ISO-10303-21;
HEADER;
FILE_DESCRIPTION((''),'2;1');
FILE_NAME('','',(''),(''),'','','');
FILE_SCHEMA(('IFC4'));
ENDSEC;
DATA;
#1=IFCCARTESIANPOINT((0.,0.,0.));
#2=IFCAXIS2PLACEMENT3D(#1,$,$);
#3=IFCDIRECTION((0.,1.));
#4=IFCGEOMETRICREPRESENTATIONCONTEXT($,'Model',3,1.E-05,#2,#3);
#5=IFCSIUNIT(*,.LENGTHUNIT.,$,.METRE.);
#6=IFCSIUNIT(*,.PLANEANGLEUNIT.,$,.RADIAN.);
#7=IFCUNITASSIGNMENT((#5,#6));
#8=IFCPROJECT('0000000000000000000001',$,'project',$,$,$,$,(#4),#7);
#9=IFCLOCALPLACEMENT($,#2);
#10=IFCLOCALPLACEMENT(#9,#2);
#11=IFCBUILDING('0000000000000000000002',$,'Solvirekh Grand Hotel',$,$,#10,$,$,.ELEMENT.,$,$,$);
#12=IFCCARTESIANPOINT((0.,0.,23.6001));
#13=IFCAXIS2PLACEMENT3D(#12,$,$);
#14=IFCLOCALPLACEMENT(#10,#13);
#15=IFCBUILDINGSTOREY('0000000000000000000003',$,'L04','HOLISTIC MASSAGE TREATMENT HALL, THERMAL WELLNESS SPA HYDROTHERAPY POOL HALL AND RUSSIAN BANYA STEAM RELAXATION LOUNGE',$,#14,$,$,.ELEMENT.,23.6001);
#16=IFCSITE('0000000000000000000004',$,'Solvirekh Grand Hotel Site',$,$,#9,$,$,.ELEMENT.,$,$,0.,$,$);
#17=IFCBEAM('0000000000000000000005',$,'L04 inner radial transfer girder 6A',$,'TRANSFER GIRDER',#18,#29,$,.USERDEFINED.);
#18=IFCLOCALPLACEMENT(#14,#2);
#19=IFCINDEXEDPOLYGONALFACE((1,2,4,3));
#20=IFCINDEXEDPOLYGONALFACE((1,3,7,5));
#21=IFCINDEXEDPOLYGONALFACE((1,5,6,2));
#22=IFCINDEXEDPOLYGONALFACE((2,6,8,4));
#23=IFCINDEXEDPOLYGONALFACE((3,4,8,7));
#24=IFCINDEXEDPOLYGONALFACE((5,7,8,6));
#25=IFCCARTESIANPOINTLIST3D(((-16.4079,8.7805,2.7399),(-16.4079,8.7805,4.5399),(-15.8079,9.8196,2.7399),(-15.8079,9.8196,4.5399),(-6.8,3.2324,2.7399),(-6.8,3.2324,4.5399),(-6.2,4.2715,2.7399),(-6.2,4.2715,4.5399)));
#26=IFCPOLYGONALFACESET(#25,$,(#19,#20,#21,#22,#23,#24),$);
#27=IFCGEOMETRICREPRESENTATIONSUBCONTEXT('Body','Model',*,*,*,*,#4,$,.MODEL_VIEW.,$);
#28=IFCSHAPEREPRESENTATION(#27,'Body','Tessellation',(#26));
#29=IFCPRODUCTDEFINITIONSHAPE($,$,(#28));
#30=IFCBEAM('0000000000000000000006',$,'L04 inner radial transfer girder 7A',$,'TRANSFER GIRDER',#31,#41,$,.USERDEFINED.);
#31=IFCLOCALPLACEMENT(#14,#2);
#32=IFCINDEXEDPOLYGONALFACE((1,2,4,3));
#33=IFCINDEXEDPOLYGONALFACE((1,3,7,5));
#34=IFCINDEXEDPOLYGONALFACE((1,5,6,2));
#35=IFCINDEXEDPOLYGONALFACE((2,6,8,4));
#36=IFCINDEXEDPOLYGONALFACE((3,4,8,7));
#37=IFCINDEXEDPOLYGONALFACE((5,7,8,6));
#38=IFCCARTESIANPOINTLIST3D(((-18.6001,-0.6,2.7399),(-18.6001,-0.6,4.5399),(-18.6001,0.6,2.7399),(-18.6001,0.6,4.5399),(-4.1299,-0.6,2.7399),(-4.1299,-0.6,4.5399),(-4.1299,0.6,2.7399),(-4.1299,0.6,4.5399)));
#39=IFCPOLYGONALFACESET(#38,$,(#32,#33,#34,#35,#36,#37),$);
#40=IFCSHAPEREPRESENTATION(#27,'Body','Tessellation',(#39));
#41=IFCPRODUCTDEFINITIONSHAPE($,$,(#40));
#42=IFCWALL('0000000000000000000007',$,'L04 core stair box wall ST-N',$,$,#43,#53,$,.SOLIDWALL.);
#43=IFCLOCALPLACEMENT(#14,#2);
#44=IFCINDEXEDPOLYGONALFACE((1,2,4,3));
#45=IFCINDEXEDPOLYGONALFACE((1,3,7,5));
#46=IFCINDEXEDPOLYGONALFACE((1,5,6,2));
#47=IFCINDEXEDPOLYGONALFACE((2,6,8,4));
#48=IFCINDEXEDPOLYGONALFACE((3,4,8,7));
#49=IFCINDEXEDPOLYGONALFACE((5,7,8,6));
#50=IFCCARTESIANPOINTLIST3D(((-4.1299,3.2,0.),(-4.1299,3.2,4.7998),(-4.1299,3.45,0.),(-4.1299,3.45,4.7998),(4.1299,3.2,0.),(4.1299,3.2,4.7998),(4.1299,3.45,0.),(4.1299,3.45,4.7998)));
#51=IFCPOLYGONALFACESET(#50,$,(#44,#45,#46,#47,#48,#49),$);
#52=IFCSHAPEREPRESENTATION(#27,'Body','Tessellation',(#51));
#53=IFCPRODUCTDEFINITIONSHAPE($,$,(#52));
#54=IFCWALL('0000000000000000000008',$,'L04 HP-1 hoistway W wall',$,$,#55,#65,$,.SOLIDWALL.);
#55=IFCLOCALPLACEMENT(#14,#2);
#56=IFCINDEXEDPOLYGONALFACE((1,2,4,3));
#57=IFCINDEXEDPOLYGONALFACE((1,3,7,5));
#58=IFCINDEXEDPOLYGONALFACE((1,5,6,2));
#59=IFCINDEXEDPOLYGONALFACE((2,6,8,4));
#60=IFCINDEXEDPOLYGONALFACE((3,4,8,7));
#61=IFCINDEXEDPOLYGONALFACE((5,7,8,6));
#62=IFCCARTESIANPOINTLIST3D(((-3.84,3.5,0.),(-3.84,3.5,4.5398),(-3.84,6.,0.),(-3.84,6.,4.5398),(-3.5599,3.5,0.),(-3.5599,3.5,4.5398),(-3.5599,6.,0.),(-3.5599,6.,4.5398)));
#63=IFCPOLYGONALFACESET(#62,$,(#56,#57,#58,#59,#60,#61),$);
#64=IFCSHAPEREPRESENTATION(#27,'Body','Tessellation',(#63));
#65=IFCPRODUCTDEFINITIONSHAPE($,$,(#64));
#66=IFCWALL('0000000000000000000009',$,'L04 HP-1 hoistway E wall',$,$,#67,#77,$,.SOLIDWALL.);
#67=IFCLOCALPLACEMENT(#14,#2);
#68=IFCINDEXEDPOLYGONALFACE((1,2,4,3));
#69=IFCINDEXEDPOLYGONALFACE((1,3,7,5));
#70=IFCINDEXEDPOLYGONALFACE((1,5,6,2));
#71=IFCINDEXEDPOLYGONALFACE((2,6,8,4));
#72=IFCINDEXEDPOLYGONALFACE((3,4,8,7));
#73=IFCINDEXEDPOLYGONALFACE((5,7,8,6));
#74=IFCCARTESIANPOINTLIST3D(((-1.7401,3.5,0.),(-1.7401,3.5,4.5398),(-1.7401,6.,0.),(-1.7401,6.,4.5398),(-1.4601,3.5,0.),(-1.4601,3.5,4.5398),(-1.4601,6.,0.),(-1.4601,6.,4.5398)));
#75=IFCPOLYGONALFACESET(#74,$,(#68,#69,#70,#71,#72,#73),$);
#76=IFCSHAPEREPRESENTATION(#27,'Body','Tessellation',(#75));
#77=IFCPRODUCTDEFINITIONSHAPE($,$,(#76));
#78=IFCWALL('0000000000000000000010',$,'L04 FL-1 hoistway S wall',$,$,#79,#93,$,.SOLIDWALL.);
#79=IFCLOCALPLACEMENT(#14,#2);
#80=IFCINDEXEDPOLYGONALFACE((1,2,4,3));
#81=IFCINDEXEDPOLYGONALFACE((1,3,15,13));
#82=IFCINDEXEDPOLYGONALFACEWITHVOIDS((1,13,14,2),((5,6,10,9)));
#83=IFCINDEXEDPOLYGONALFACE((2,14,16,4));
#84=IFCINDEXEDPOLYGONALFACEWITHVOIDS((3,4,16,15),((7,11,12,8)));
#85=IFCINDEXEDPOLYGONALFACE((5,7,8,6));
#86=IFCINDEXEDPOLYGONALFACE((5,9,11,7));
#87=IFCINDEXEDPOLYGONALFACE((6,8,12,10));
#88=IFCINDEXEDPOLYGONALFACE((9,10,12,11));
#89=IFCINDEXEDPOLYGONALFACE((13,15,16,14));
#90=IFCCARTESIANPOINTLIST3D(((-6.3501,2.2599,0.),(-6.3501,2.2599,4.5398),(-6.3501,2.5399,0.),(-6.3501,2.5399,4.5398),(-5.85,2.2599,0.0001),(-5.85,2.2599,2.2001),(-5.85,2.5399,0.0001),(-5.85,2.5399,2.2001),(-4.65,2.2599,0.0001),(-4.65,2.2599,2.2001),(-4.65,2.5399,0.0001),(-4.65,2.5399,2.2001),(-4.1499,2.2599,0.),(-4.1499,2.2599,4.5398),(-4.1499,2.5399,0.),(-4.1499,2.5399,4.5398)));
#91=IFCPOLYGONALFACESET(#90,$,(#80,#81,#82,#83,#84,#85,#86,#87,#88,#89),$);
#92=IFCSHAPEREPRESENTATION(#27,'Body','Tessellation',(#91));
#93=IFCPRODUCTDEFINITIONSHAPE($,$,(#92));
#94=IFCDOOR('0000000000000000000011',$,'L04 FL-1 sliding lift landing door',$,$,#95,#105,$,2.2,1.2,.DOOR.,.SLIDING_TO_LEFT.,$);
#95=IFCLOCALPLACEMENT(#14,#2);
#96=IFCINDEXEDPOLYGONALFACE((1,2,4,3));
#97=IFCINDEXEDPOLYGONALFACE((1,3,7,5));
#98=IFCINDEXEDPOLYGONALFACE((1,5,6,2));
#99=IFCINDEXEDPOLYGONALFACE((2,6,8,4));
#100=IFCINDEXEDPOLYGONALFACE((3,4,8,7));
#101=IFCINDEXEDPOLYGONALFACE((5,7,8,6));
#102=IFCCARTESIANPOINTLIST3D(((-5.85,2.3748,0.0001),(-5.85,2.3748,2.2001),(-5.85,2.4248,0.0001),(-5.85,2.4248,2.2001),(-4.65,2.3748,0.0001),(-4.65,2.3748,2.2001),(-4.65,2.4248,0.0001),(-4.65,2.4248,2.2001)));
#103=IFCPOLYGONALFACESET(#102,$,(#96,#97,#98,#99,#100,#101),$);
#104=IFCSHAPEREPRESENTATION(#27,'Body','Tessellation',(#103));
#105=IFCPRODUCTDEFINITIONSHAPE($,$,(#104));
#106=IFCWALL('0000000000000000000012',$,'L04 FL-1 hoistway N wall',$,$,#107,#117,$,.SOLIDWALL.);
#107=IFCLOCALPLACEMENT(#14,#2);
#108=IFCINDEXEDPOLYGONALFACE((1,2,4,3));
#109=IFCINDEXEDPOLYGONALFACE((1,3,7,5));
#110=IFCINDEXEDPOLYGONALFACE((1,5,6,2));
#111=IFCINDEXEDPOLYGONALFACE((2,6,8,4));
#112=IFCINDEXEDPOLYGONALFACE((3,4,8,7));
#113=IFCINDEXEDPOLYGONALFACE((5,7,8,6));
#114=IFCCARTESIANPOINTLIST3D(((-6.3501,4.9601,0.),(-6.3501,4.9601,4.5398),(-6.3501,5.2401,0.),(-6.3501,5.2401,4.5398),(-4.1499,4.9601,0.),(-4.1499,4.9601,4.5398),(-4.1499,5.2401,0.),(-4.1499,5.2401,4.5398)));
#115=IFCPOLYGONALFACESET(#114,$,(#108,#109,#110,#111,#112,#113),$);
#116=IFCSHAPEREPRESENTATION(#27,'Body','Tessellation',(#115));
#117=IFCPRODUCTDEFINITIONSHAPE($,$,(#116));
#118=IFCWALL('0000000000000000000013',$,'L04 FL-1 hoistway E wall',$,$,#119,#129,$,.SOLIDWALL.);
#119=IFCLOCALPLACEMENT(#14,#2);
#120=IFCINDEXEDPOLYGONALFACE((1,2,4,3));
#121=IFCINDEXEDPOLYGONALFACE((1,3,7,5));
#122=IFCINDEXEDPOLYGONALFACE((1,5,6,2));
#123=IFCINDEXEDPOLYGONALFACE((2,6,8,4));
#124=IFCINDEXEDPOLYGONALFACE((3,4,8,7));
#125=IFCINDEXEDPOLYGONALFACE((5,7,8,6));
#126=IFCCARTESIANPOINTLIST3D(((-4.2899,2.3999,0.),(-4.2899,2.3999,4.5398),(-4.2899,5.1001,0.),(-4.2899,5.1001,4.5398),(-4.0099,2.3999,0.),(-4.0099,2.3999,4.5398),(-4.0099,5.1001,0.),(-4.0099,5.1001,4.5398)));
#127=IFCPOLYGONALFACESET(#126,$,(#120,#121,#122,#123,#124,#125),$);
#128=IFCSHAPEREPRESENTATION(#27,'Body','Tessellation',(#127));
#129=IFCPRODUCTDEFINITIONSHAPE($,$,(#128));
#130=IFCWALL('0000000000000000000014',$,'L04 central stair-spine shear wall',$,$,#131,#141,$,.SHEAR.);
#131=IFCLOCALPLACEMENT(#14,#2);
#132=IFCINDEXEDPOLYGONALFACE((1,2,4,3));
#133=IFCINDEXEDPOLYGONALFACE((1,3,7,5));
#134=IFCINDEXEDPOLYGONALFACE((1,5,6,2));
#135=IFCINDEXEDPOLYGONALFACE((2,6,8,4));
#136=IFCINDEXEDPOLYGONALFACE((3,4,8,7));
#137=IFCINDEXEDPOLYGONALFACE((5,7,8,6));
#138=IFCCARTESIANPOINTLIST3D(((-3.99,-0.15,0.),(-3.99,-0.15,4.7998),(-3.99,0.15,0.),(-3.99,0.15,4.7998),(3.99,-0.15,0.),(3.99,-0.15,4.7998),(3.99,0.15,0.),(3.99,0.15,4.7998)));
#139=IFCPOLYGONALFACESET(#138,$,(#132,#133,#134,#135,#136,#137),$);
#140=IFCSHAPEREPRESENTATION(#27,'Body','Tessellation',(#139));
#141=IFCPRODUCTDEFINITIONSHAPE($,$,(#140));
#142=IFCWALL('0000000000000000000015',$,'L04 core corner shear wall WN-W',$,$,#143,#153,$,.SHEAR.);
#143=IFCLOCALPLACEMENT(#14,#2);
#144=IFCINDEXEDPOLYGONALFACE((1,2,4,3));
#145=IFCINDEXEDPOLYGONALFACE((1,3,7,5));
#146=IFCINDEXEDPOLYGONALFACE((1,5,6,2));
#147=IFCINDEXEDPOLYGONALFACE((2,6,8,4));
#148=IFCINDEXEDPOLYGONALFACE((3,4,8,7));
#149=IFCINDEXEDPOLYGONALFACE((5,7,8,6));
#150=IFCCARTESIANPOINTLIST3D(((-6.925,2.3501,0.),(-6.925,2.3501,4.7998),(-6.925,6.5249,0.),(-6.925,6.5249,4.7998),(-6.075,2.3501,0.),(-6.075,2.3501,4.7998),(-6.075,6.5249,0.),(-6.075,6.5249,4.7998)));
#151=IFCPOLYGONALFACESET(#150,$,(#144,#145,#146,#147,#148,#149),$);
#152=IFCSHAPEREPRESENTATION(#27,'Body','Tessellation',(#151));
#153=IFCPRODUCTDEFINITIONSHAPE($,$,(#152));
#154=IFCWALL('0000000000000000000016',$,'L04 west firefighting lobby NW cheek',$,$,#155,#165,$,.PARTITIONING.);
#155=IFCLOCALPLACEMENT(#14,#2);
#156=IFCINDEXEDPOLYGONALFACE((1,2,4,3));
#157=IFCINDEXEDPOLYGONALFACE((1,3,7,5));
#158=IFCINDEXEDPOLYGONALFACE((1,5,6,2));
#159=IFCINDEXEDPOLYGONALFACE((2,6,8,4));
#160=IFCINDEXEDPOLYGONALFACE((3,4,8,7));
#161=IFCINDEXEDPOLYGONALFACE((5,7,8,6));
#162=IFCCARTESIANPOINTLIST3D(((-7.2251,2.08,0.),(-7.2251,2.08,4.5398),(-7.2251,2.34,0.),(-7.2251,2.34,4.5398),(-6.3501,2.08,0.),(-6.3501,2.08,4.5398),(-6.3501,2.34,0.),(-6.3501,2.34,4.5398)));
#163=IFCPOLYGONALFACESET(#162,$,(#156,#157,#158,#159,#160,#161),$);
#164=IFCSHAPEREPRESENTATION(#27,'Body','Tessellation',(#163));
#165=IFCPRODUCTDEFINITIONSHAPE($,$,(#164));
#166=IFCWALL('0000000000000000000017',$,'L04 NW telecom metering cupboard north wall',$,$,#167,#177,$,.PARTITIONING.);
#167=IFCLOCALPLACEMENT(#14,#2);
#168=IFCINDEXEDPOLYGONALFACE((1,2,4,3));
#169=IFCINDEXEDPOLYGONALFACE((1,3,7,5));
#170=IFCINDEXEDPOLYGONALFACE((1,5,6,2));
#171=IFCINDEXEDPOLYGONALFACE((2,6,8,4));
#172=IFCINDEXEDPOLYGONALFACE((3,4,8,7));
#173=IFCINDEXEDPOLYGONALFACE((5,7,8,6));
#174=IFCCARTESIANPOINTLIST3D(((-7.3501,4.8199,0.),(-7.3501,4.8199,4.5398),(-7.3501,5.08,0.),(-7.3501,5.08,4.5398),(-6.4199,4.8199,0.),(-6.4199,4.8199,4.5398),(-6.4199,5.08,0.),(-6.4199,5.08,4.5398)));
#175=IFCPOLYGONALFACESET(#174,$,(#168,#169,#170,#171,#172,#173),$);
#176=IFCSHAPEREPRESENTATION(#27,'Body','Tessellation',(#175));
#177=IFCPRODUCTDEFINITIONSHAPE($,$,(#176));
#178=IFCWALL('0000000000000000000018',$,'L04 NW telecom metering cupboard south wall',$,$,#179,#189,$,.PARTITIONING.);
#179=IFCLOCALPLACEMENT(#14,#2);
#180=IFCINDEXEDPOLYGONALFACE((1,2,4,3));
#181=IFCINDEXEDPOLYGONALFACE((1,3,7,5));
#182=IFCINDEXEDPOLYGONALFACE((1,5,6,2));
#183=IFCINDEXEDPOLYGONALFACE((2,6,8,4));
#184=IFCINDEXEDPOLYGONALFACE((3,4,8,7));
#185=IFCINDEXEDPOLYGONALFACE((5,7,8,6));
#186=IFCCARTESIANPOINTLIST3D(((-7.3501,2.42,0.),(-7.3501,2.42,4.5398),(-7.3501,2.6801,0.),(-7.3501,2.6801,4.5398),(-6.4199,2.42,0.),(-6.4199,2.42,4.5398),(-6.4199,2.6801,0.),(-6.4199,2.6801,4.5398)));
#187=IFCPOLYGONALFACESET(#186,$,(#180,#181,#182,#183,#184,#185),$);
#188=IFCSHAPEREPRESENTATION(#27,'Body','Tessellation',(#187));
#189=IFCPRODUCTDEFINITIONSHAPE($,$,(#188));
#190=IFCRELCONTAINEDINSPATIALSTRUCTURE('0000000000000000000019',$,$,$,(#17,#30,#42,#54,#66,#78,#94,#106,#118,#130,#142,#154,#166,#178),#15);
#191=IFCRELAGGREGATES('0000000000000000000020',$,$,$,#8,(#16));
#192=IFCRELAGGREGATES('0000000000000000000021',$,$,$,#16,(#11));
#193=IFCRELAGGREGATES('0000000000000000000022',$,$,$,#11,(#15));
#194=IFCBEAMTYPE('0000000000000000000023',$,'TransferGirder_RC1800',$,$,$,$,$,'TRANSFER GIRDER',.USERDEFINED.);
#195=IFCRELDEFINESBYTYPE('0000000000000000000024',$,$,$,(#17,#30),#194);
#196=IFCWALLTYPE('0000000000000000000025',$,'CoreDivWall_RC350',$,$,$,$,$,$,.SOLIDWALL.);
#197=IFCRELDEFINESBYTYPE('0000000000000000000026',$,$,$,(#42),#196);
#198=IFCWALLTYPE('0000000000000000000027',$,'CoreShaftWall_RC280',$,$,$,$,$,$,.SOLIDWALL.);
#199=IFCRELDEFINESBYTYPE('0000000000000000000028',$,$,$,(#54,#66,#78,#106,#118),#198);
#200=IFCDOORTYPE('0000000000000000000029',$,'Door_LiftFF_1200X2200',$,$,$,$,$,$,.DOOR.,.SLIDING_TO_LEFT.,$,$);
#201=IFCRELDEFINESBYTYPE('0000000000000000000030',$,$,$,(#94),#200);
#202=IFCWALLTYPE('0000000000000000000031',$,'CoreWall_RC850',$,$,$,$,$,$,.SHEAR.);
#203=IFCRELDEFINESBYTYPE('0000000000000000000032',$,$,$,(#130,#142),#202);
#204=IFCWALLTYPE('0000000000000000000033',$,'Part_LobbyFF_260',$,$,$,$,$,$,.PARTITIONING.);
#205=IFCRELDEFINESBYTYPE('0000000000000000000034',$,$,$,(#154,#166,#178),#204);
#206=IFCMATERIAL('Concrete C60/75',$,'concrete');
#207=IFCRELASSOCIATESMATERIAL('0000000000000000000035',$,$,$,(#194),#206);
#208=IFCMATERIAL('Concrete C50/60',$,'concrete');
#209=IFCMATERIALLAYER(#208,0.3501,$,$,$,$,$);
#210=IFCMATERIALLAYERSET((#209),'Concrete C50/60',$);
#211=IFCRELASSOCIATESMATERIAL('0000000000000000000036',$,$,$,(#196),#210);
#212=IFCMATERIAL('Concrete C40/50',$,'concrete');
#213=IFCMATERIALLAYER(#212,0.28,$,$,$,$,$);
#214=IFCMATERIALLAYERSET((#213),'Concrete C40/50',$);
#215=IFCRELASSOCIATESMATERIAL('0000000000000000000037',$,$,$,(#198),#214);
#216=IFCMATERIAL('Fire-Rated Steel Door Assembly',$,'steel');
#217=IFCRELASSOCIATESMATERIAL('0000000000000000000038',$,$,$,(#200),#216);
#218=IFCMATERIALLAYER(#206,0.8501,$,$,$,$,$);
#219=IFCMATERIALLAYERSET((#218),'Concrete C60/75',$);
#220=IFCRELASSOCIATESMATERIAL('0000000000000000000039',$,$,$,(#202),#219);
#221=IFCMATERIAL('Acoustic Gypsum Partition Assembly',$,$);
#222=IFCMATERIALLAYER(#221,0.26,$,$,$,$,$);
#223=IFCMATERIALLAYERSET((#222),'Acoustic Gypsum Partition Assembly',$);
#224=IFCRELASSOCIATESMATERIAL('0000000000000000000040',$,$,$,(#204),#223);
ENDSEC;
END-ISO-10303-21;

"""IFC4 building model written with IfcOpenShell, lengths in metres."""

from ifc_helpers import new_model, si_unit, direction, frame, frame_2d, origin, origin_2d, place, context, subcontext, project, spatial, rectangle, extrude, material, layer, layer_set, material_profile, profile_set, type_object, element, fill, save


model = new_model("IFC4")

# Units and contexts
model_context = context("Model", 3, precision=1e-05, world=origin(), true_north=direction((0.0, 1.0)))
body_context = subcontext(model_context, "Body", "Model", "MODEL_VIEW")
ifc_project = project(units=[si_unit("LENGTHUNIT", "METRE"), si_unit("PLANEANGLEUNIT", "RADIAN")], contexts=[model_context])

# Site, building, storey
site_placement = place(None, origin())
site = spatial("IfcSite", under=ifc_project, at=site_placement, Name="Solvirekh Grand Hotel Site", CompositionType="ELEMENT", RefElevation=0.0)
building_placement = place(site_placement, origin())
building = spatial("IfcBuilding", under=site, at=building_placement, Name="Solvirekh Grand Hotel", CompositionType="ELEMENT")
storey_placement = place(building_placement, frame((0.0, 0.0, 23.6001)))
storey = spatial("IfcBuildingStorey", under=building, at=storey_placement, Name="L04", Description="HOLISTIC MASSAGE TREATMENT HALL, THERMAL WELLNESS SPA HYDROTHERAPY POOL HALL AND RUSSIAN BANYA STEAM RELAXATION LOUNGE", CompositionType="ELEMENT", Elevation=23.6001)

# Beams
ifc_material_1 = material(Name="Concrete C60/75", Category="concrete")
ifc_material_profile = material_profile(ifc_material_1, rectangle(XDim=1.2, YDim=1.8, at=origin_2d()), Name="RC GIRDER 1200X1800")
ifc_profile_set = profile_set([ifc_material_profile], Name="Concrete C60/75")
beam_type = type_object("IfcBeamType", Name="TransferGirder_RC1800", ElementType="TRANSFER GIRDER", PredefinedType="USERDEFINED", material=ifc_profile_set)
beam_1_placement = place(storey_placement, frame((-6.5, 3.752, 3.6399), z_axis=(-0.865988, 0.500065, 0.0), x_axis=(-0.500065, -0.865988, 0.0)))
element("IfcBeam", 1, at=beam_1_placement, inside=storey, type_object=beam_type, Name="L04 inner radial transfer girder 6A", ObjectType="TRANSFER GIRDER", PredefinedType="USERDEFINED", context=body_context, shape_type="SweptSolid", body=[
    extrude(rectangle(XDim=1.2, YDim=1.8, at=origin_2d()), origin(), (0.0, 0.0, 1.0), 11.0947),
])
beam_2_placement = place(storey_placement, frame((-4.1299, 0.0, 3.6399), z_axis=(-1.0, 0.0, 0.0), x_axis=(0.0, -1.0, 0.0)))
element("IfcBeam", 2, at=beam_2_placement, inside=storey, type_object=beam_type, Name="L04 inner radial transfer girder 7A", ObjectType="TRANSFER GIRDER", PredefinedType="USERDEFINED", context=body_context, shape_type="SweptSolid", body=[
    extrude(rectangle(XDim=1.2, YDim=1.8, at=origin_2d()), origin(), (0.0, 0.0, 1.0), 14.4702),
])

# Walls
ifc_material_2 = material(Name="Concrete C50/60", Category="concrete")
ifc_layer_1 = layer(ifc_material_2, 0.3501)
ifc_layer_set_1 = layer_set([ifc_layer_1], Name="Concrete C50/60")
wall_type_1 = type_object("IfcWallType", Name="CoreDivWall_RC350", PredefinedType="SOLIDWALL", material=ifc_layer_set_1)
wall_1_placement = place(storey_placement, frame((-4.1299, 3.325, 0.0), z_axis=(0.0, 0.0, 1.0), x_axis=(1.0, 0.0, 0.0)))
element("IfcWall", 3, at=wall_1_placement, inside=storey, type_object=wall_type_1, Name="L04 core stair box wall ST-N", PredefinedType="SOLIDWALL", context=body_context, shape_type="SweptSolid", body=[
    extrude(rectangle(XDim=8.2598, YDim=0.25, at=frame_2d((4.1299, 0.0))), origin(), (0.0, 0.0, 1.0), 4.7998),
])
ifc_material_3 = material(Name="Concrete C40/50", Category="concrete")
ifc_layer_2 = layer(ifc_material_3, 0.28)
ifc_layer_set_2 = layer_set([ifc_layer_2], Name="Concrete C40/50")
wall_type_2 = type_object("IfcWallType", Name="CoreShaftWall_RC280", PredefinedType="SOLIDWALL", material=ifc_layer_set_2)
for number, where, z_axis, x_axis, name in (
    (4, (-3.7, 6.0, 0.0), (0.0, 0.0, 1.0), (0.0, -1.0, 0.0), "L04 HP-1 hoistway W wall"),
    (5, (-1.6001, 3.5, 0.0), (0.0, 0.0, 1.0), (0.0, 1.0, 0.0), "L04 HP-1 hoistway E wall"),
):
    element("IfcWall", number, at=place(storey_placement, frame(where, z_axis=z_axis, x_axis=x_axis)), inside=storey, type_object=wall_type_2, Name=name, PredefinedType="SOLIDWALL", context=body_context, shape_type="SweptSolid", body=[
        extrude(rectangle(XDim=2.5, YDim=0.28, at=frame_2d((1.25, 0.0))), origin(), (0.0, 0.0, 1.0), 4.5398),
    ])

# Wall, opening, door
wall_2_placement = place(storey_placement, frame((-6.3501, 2.3999, 0.0), z_axis=(0.0, 0.0, 1.0), x_axis=(1.0, 0.0, 0.0)))
wall_2 = element("IfcWall", 6, at=wall_2_placement, inside=storey, type_object=wall_type_2, Name="L04 FL-1 hoistway S wall", PredefinedType="SOLIDWALL", context=body_context, shape_type="SweptSolid", body=[
    extrude(rectangle(XDim=2.2002, YDim=0.28, at=frame_2d((1.1001, 0.0))), origin(), (0.0, 0.0, 1.0), 4.5398),
])
opening_1_placement = place(wall_2_placement, frame((0.5, 0.0, 0.0)))
opening_1 = element("IfcOpeningElement", 7, at=opening_1_placement, cuts=wall_2, PredefinedType="OPENING", context=body_context, shape_type="SweptSolid", body=[
    extrude(rectangle(XDim=1.2, YDim=2.2, at=frame_2d((0.6001, 1.1001))), frame((0.0, 0.1499, 0.0), z_axis=(0.0, -1.0, 0.0), x_axis=(1.0, 0.0, 0.0)), (0.0, 0.0, 1.0), 0.3),
])
ifc_material_4 = material(Name="Fire-Rated Steel Door Assembly", Category="steel")
door_type_1 = type_object("IfcDoorType", Name="Door_LiftFF_1200X2200", OperationType="SLIDING_TO_LEFT", PredefinedType="DOOR", material=ifc_material_4)
door_1_placement = place(opening_1_placement, origin())
door_1 = element("IfcDoor", 8, at=door_1_placement, inside=storey, type_object=door_type_1, Name="L04 FL-1 sliding lift landing door", OperationType="SLIDING_TO_LEFT", OverallHeight=2.2, OverallWidth=1.2, PredefinedType="DOOR", context=body_context, shape_type="SweptSolid", body=[
    extrude(rectangle(XDim=1.2, YDim=2.2, at=frame_2d((0.6001, 1.1001))), frame((0.0, 0.0249, 0.0), z_axis=(0.0, -1.0, 0.0), x_axis=(1.0, 0.0, 0.0)), (0.0, 0.0, 1.0), 0.05),
])
fill(opening_1, door_1)

# Walls
wall_3_placement = place(storey_placement, frame((-4.1499, 5.1001, 0.0), z_axis=(0.0, 0.0, 1.0), x_axis=(-1.0, 0.0, 0.0)))
element("IfcWall", 9, at=wall_3_placement, inside=storey, type_object=wall_type_2, Name="L04 FL-1 hoistway N wall", PredefinedType="SOLIDWALL", context=body_context, shape_type="SweptSolid", body=[
    extrude(rectangle(XDim=2.2002, YDim=0.28, at=frame_2d((1.1001, 0.0))), origin(), (0.0, 0.0, 1.0), 4.5398),
])
wall_4_placement = place(storey_placement, frame((-4.1499, 2.3999, 0.0), z_axis=(0.0, 0.0, 1.0), x_axis=(0.0, 1.0, 0.0)))
element("IfcWall", 10, at=wall_4_placement, inside=storey, type_object=wall_type_2, Name="L04 FL-1 hoistway E wall", PredefinedType="SOLIDWALL", context=body_context, shape_type="SweptSolid", body=[
    extrude(rectangle(XDim=2.7002, YDim=0.28, at=frame_2d((1.3501, 0.0))), origin(), (0.0, 0.0, 1.0), 4.5398),
])
ifc_layer_3 = layer(ifc_material_1, 0.8501)
ifc_layer_set_3 = layer_set([ifc_layer_3], Name="Concrete C60/75")
wall_type_3 = type_object("IfcWallType", Name="CoreWall_RC850", PredefinedType="SHEAR", material=ifc_layer_set_3)
wall_5_placement = place(storey_placement, frame((-3.99, 0.0, 0.0), z_axis=(0.0, 0.0, 1.0), x_axis=(1.0, 0.0, 0.0)))
element("IfcWall", 11, at=wall_5_placement, inside=storey, type_object=wall_type_3, Name="L04 central stair-spine shear wall", PredefinedType="SHEAR", context=body_context, shape_type="SweptSolid", body=[
    extrude(rectangle(XDim=7.98, YDim=0.3, at=frame_2d((3.99, 0.0))), origin(), (0.0, 0.0, 1.0), 4.7998),
])
wall_6_placement = place(storey_placement, frame((-6.5, 2.3501, 0.0), z_axis=(0.0, 0.0, 1.0), x_axis=(0.0, 1.0, 0.0)))
element("IfcWall", 12, at=wall_6_placement, inside=storey, type_object=wall_type_3, Name="L04 core corner shear wall WN-W", PredefinedType="SHEAR", context=body_context, shape_type="SweptSolid", body=[
    extrude(rectangle(XDim=4.1748, YDim=0.8501, at=frame_2d((2.0874, 0.0))), origin(), (0.0, 0.0, 1.0), 4.7998),
])
ifc_material_5 = material(Name="Acoustic Gypsum Partition Assembly")
ifc_layer_4 = layer(ifc_material_5, 0.26)
ifc_layer_set_4 = layer_set([ifc_layer_4], Name="Acoustic Gypsum Partition Assembly")
wall_type_4 = type_object("IfcWallType", Name="Part_LobbyFF_260", PredefinedType="PARTITIONING", material=ifc_layer_set_4)
wall_7_placement = place(storey_placement, frame((-7.2251, 2.21, 0.0), z_axis=(0.0, 0.0, 1.0), x_axis=(1.0, 0.0, 0.0)))
element("IfcWall", 13, at=wall_7_placement, inside=storey, type_object=wall_type_4, Name="L04 west firefighting lobby NW cheek", PredefinedType="PARTITIONING", context=body_context, shape_type="SweptSolid", body=[
    extrude(rectangle(XDim=0.875, YDim=0.26, at=frame_2d((0.4375, 0.0))), origin(), (0.0, 0.0, 1.0), 4.5398),
])
for number, where, z_axis, x_axis, name in (
    (14, (-7.3501, 4.95, 0.0), (0.0, 0.0, 1.0), (1.0, 0.0, 0.0), "L04 NW telecom metering cupboard north wall"),
    (15, (-7.3501, 2.55, 0.0), (0.0, 0.0, 1.0), (1.0, 0.0, 0.0), "L04 NW telecom metering cupboard south wall"),
):
    element("IfcWall", number, at=place(storey_placement, frame(where, z_axis=z_axis, x_axis=x_axis)), inside=storey, type_object=wall_type_4, Name=name, PredefinedType="PARTITIONING", context=body_context, shape_type="SweptSolid", body=[
        extrude(rectangle(XDim=0.9302, YDim=0.26, at=frame_2d((0.4651, 0.0))), origin(), (0.0, 0.0, 1.0), 4.5398),
    ])

save(model, "model.ifc")
